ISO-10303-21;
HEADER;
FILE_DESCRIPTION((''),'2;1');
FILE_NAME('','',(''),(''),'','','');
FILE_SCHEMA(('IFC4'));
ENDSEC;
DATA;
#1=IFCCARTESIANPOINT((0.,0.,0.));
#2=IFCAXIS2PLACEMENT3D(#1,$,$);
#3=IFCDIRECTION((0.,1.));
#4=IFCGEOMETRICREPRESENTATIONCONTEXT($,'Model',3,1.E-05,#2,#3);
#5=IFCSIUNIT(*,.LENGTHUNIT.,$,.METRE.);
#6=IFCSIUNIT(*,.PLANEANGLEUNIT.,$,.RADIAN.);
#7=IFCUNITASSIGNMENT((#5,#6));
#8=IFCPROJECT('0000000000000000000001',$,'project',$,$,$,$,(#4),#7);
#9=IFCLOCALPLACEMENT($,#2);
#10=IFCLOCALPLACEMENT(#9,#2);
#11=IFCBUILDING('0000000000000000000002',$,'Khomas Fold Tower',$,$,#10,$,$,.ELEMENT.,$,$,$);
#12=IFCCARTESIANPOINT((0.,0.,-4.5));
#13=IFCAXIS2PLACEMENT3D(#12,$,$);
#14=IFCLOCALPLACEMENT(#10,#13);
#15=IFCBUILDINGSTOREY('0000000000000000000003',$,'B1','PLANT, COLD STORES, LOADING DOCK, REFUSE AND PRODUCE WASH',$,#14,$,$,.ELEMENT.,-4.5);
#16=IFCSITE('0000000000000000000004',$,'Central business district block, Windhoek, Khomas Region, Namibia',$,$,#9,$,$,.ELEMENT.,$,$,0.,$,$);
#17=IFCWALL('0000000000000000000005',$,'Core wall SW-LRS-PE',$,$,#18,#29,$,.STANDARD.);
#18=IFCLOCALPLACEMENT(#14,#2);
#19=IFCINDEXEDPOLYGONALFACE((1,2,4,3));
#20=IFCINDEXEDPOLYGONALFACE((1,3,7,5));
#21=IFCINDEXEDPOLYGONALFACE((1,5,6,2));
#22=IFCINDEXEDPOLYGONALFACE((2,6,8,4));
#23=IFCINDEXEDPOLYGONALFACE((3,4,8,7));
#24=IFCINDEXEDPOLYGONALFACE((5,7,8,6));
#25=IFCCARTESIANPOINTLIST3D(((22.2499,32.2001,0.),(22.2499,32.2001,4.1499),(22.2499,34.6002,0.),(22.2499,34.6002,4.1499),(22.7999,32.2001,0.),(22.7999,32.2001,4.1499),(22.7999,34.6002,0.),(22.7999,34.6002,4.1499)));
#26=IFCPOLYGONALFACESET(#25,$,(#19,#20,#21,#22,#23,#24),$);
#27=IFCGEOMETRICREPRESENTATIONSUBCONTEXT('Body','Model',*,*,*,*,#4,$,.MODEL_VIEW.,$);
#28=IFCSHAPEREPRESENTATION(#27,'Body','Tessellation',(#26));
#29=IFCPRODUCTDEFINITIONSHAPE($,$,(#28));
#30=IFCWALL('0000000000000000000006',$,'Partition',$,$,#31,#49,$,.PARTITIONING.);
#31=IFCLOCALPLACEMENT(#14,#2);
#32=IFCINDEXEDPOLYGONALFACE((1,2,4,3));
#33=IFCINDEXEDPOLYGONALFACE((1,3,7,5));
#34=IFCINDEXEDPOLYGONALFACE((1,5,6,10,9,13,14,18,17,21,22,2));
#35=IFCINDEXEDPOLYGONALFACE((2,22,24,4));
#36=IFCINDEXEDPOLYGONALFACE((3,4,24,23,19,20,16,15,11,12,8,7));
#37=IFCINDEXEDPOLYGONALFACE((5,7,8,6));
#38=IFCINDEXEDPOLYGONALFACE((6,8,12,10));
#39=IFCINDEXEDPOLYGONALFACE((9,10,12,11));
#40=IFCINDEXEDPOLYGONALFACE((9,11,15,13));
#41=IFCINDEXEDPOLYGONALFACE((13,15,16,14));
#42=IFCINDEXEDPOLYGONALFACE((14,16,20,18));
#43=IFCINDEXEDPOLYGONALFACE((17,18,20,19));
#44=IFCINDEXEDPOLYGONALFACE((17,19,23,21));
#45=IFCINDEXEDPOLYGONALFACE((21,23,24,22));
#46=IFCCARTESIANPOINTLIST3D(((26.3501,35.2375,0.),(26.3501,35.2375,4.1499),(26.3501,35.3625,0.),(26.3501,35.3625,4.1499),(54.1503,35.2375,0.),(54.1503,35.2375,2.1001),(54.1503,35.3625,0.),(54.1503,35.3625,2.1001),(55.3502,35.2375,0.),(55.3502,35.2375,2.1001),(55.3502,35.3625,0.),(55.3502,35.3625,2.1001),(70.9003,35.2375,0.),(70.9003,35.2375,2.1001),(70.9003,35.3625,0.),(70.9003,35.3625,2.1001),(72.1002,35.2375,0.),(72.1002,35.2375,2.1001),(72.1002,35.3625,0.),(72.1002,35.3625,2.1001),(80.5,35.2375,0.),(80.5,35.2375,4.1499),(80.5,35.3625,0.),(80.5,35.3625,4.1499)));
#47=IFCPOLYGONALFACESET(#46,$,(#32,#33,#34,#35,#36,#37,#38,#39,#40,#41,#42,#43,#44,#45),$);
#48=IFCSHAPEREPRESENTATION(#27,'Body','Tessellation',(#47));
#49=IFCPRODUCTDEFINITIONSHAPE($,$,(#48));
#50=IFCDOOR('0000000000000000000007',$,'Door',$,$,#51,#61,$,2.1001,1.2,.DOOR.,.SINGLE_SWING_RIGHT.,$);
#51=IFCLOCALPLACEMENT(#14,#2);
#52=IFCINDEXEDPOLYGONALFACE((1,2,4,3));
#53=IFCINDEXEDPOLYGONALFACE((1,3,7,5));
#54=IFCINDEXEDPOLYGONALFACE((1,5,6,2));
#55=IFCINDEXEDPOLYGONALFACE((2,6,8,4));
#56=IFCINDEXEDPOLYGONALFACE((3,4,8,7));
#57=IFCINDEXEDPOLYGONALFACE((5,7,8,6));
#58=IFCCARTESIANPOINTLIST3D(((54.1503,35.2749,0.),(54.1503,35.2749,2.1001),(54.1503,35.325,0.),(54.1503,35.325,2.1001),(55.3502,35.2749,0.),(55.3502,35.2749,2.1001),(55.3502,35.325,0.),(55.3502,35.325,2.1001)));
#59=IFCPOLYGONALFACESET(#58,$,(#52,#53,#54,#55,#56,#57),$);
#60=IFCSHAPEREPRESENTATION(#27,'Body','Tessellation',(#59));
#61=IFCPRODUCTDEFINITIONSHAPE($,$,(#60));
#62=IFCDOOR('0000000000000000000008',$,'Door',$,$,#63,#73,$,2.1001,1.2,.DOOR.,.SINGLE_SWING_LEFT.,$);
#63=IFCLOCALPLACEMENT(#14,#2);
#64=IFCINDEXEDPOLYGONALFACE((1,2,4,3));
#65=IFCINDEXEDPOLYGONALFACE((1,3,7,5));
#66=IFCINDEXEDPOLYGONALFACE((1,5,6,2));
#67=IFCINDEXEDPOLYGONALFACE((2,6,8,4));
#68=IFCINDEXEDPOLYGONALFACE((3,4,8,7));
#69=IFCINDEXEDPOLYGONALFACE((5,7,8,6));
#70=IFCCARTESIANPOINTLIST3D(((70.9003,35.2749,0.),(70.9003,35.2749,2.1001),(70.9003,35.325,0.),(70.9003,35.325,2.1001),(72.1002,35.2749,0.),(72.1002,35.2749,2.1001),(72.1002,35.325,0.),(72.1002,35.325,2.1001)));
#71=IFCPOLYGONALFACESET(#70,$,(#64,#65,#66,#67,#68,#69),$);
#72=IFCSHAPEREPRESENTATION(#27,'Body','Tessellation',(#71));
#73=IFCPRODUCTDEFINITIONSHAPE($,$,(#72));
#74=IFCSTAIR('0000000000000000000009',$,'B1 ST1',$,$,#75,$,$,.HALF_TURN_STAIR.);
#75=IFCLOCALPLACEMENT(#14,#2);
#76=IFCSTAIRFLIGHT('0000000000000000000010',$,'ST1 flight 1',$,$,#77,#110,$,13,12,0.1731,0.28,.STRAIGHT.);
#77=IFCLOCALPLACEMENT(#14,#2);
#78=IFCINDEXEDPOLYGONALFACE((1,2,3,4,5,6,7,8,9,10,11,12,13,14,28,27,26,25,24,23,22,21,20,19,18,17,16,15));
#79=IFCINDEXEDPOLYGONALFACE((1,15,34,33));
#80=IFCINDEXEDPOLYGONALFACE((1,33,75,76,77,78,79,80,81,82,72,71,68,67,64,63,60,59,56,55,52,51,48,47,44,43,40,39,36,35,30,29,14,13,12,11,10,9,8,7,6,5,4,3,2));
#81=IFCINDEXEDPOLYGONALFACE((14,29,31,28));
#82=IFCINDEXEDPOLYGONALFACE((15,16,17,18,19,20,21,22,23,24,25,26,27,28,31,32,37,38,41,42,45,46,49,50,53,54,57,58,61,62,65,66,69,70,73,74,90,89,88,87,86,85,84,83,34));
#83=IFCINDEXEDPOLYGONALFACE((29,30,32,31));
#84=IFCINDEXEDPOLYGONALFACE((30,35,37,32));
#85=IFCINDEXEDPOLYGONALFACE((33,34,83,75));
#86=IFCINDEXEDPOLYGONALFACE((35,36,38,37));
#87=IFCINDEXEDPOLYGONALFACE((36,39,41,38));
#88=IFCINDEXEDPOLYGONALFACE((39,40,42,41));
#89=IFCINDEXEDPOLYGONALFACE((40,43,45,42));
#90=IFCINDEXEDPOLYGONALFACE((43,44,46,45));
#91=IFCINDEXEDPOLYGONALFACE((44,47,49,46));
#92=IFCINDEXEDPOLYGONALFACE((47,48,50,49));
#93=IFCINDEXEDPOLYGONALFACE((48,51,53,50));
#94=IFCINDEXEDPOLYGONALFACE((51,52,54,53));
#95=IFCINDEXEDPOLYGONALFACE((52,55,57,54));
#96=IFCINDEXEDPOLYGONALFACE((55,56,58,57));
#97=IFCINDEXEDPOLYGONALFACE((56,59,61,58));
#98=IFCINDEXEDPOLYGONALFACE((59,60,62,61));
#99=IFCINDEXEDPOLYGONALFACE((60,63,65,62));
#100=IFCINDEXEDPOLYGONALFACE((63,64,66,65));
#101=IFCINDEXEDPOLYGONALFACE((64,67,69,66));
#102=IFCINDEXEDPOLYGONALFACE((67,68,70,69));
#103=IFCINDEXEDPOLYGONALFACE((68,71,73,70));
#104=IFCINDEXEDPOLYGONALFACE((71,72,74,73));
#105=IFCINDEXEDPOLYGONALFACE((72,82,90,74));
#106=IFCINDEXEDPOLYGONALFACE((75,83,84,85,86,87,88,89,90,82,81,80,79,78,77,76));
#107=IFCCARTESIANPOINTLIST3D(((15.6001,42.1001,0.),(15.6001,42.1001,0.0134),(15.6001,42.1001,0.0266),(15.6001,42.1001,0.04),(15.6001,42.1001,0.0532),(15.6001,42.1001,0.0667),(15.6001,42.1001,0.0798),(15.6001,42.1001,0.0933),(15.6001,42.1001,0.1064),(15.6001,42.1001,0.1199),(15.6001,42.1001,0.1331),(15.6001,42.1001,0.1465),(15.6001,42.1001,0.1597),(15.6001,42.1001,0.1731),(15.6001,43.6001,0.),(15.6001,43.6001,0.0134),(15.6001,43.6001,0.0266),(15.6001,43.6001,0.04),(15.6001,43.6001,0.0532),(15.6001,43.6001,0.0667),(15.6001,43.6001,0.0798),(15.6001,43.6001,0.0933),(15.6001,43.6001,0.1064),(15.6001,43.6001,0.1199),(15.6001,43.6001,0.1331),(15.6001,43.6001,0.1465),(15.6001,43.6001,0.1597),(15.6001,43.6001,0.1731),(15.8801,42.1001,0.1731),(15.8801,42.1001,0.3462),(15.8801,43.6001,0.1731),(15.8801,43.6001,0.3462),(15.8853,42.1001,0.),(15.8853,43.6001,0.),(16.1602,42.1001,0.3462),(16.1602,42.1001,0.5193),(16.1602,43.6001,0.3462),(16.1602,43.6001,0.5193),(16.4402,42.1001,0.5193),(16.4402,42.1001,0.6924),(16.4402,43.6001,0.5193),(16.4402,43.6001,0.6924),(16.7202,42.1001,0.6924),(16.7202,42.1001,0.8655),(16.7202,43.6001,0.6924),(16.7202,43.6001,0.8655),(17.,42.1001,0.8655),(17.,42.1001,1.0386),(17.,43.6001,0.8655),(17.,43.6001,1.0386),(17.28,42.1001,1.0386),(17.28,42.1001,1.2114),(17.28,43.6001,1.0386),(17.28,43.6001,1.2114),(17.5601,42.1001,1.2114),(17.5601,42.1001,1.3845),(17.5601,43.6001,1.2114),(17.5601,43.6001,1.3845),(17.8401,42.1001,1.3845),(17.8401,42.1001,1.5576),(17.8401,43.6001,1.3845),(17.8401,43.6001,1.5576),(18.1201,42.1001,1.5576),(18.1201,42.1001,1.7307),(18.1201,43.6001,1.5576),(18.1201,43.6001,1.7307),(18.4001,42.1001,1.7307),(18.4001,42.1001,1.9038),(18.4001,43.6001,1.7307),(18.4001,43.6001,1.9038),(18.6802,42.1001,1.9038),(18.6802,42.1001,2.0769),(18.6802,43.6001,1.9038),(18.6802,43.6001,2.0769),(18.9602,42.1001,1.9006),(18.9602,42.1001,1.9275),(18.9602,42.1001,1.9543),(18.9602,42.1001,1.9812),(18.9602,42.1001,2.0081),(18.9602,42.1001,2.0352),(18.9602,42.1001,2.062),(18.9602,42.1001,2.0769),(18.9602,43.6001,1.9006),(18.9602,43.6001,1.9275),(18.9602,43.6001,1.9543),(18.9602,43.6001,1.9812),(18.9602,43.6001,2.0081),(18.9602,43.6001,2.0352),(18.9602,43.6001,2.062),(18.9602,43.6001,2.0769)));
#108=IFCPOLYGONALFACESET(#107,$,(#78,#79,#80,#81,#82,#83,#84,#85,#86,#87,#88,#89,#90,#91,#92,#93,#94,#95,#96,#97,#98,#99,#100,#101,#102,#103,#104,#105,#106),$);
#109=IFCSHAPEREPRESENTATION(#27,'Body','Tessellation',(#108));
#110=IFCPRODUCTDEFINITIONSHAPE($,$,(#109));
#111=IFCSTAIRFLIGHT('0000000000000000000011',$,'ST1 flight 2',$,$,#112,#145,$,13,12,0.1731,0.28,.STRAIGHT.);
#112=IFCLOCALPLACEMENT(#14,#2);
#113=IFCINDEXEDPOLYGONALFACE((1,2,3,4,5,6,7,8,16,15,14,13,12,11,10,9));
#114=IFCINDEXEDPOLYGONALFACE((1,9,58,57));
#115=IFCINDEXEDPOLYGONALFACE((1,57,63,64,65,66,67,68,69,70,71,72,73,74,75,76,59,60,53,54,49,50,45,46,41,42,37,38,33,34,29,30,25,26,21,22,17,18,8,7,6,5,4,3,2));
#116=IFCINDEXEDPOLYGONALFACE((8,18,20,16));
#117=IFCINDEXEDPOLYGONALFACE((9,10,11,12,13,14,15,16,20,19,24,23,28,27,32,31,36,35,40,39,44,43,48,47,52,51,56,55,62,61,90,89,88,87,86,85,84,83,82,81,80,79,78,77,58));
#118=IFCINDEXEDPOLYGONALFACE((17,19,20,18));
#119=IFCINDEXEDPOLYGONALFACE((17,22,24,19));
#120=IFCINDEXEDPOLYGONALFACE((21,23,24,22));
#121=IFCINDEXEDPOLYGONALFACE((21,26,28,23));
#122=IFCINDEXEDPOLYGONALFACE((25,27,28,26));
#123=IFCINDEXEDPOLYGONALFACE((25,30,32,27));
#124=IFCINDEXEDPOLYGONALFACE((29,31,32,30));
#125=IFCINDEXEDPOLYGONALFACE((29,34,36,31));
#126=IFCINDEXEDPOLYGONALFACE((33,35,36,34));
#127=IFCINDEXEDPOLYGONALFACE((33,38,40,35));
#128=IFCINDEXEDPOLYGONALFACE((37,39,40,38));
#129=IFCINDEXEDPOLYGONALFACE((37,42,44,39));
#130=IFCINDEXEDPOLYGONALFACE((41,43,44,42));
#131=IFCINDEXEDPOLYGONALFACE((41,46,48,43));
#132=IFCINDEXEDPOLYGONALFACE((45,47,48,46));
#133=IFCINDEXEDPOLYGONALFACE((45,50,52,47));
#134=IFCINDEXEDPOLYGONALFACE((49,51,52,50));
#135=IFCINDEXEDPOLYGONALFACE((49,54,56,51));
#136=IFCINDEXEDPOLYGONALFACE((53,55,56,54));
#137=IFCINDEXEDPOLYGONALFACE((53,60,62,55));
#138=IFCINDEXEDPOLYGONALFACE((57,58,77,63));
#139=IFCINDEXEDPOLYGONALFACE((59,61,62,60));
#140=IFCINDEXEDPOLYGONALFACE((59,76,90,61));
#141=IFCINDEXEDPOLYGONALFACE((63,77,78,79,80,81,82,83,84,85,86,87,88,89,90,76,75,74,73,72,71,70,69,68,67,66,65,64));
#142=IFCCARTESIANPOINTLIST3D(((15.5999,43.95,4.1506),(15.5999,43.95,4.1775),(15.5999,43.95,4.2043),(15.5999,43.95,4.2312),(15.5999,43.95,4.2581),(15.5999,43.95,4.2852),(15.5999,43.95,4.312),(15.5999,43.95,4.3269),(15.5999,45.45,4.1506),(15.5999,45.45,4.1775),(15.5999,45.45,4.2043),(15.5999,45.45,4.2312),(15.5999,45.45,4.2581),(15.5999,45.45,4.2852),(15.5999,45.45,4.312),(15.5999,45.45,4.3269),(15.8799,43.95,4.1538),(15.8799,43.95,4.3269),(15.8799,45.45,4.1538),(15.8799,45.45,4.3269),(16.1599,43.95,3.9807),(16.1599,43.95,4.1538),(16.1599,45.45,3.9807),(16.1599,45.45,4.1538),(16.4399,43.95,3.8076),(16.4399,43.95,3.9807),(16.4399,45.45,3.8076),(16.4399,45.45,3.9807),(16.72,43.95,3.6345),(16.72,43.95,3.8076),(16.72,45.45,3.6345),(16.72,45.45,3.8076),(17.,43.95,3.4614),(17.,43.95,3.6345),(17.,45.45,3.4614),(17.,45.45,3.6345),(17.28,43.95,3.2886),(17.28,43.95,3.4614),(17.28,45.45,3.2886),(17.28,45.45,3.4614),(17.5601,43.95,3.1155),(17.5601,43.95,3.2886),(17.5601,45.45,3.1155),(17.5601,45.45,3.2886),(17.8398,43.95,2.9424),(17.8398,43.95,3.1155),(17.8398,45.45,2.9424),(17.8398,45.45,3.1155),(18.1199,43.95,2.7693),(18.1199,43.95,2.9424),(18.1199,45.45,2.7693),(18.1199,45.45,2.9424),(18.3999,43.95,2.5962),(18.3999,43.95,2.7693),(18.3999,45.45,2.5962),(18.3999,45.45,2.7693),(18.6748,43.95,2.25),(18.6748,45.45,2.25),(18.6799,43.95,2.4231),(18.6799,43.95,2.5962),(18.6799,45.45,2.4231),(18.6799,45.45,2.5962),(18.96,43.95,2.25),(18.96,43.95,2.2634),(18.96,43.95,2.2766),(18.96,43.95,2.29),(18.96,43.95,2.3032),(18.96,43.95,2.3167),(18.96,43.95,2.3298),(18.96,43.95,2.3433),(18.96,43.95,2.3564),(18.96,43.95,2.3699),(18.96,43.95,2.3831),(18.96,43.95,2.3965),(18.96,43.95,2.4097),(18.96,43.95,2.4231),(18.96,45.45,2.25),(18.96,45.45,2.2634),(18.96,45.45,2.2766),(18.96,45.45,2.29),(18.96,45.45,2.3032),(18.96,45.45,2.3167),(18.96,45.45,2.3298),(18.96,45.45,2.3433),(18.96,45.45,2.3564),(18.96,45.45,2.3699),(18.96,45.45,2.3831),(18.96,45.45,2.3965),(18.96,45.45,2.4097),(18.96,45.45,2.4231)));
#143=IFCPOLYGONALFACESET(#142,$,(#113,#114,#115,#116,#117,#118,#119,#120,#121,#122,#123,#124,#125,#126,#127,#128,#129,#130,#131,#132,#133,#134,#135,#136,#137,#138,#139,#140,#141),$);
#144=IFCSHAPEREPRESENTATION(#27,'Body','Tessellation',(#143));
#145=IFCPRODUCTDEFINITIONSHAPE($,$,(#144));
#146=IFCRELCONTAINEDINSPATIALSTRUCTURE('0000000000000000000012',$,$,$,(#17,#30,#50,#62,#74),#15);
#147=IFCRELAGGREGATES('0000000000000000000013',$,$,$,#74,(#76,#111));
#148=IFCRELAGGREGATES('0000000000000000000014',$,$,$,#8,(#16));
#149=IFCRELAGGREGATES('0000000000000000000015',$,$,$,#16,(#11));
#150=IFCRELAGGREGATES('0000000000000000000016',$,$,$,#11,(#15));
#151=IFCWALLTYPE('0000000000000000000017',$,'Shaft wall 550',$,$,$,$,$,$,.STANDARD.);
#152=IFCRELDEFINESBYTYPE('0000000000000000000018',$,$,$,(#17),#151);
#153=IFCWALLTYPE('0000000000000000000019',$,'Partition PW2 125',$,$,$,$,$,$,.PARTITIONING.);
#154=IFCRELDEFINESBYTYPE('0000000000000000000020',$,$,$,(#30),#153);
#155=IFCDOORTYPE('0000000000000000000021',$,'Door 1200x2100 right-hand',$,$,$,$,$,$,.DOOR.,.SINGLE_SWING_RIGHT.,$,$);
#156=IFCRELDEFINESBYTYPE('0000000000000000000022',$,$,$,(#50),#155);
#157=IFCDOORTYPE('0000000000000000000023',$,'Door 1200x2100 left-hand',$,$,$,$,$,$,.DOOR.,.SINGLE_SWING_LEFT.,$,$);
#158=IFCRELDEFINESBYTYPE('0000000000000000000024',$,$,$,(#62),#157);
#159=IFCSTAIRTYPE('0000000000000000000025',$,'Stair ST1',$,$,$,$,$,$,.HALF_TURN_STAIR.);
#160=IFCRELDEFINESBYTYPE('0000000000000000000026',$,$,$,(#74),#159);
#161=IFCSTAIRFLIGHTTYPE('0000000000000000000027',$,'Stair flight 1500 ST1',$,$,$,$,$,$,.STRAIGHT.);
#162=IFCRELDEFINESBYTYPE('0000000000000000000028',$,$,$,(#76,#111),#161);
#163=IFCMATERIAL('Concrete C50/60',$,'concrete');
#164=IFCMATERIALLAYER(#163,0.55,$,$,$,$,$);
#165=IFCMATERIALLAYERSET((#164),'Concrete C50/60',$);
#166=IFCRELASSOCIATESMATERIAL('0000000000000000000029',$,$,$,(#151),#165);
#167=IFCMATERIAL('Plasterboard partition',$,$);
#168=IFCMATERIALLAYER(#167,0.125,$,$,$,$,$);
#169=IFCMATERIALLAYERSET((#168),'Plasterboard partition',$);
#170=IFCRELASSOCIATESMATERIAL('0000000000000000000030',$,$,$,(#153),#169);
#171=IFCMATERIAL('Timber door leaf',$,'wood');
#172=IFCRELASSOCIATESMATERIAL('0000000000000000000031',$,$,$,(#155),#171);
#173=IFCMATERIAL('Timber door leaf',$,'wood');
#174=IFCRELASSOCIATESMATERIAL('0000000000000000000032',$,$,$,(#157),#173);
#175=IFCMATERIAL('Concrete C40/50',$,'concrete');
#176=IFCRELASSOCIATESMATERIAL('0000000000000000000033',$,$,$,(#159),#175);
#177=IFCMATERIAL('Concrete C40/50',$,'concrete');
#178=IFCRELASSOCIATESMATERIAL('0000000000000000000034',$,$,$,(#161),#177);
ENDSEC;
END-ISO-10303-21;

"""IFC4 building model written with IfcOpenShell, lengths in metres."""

from ifc_helpers import new_model, si_unit, direction, frame, frame_2d, origin, place, context, subcontext, project, spatial, polyline, rectangle, outline, extrude, source, transform, mapped, material, layer, layer_set, type_object, element, fill, aggregate, save


model = new_model("IFC4")

# Units and contexts
model_context = context("Model", 3, precision=1e-05, world=origin(), true_north=direction((0.0, 1.0)))
body_context = subcontext(model_context, "Body", "Model", "MODEL_VIEW")
ifc_project = project(units=[si_unit("LENGTHUNIT", "METRE"), si_unit("PLANEANGLEUNIT", "RADIAN")], contexts=[model_context])

# Site, building, storey
site_placement = place(None, origin())
site = spatial("IfcSite", under=ifc_project, at=site_placement, Name="Central business district block, Windhoek, Khomas Region, Namibia", CompositionType="ELEMENT", RefElevation=0.0)
building_placement = place(site_placement, origin())
building = spatial("IfcBuilding", under=site, at=building_placement, Name="Khomas Fold Tower", CompositionType="ELEMENT")
storey_placement = place(building_placement, frame((0.0, 0.0, -4.5)))
storey = spatial("IfcBuildingStorey", under=building, at=storey_placement, Name="B1", Description="PLANT, COLD STORES, LOADING DOCK, REFUSE AND PRODUCE WASH", CompositionType="ELEMENT", Elevation=-4.5)

# Shared definitions
shared_shape_1 = source(origin(), body_context, "Body", "SweptSolid", [
    extrude(rectangle(XDim=1.2, YDim=2.1001, at=frame_2d((0.6001, 1.05))), frame((0.0, 0.0249, 0.0), z_axis=(0.0, -1.0, 0.0), x_axis=(1.0, 0.0, 0.0)), (0.0, 0.0, 1.0), 0.05),
])

# Wall
ifc_material_1 = material(Name="Concrete C50/60", Category="concrete")
ifc_layer_1 = layer(ifc_material_1, 0.55)
ifc_layer_set_1 = layer_set([ifc_layer_1], Name="Concrete C50/60")
wall_type_1 = type_object("IfcWallType", Name="Shaft wall 550", PredefinedType="STANDARD", material=ifc_layer_set_1)
shared_shape_2 = source(origin(), body_context, "Body", "SweptSolid", [
    extrude(rectangle(XDim=2.4001, YDim=0.55, at=frame_2d((1.2002, 0.0))), origin(), (0.0, 0.0, 1.0), 4.1499),
])
for number, where, z_axis, x_axis, name in (
    (1, (22.5249, 32.2, 0.0), (0.0, 0.0, 1.0), (0.0, 1.0, 0.0), "Core wall SW-LRS-PE"),
):
    element("IfcWall", number, at=place(storey_placement, frame(where, z_axis=z_axis, x_axis=x_axis)), inside=storey, type_object=wall_type_1, Name=name, PredefinedType="STANDARD", context=body_context, shape_type="MappedRepresentation", body=[
        mapped(shared_shape_2, transform((0.0, 0.0, 0.0))),
    ])

# Wall, openings, doors
ifc_material_2 = material(Name="Plasterboard partition")
ifc_layer_2 = layer(ifc_material_2, 0.125)
ifc_layer_set_2 = layer_set([ifc_layer_2], Name="Plasterboard partition")
wall_type_2 = type_object("IfcWallType", Name="Partition PW2 125", PredefinedType="PARTITIONING", material=ifc_layer_set_2)
shared_shape_3 = source(origin(), body_context, "Body", "SweptSolid", [
    extrude(rectangle(XDim=54.1499, YDim=0.125, at=frame_2d((27.075, 0.0))), origin(), (0.0, 0.0, 1.0), 4.1499),
])
wall_1_placement = place(storey_placement, frame((26.3501, 35.3, 0.0), z_axis=(0.0, 0.0, 1.0), x_axis=(1.0, 0.0, 0.0)))
wall_1 = element("IfcWall", 2, at=wall_1_placement, inside=storey, type_object=wall_type_2, Name="Partition", PredefinedType="PARTITIONING", context=body_context, shape_type="MappedRepresentation", body=[
    mapped(shared_shape_3, transform((0.0, 0.0, 0.0))),
])
shared_shape_4 = source(origin(), body_context, "Body", "SweptSolid", [
    extrude(rectangle(XDim=1.2, YDim=2.1001, at=frame_2d((0.6001, 1.05))), frame((0.0, 0.0725, 0.0), z_axis=(0.0, -1.0, 0.0), x_axis=(1.0, 0.0, 0.0)), (0.0, 0.0, 1.0), 0.145),
])
opening_1_placement = place(wall_1_placement, frame((27.8, 0.0, 0.0)))
opening_1 = element("IfcOpeningElement", 3, at=opening_1_placement, cuts=wall_1, PredefinedType="OPENING", context=body_context, shape_type="MappedRepresentation", body=[
    mapped(shared_shape_4, transform((0.0, 0.0, 0.0))),
])
opening_2_placement = place(wall_1_placement, frame((44.55, 0.0, 0.0)))
opening_2 = element("IfcOpeningElement", 4, at=opening_2_placement, cuts=wall_1, PredefinedType="OPENING", context=body_context, shape_type="MappedRepresentation", body=[
    mapped(shared_shape_4, transform((0.0, 0.0, 0.0))),
])
ifc_material_3 = material(Name="Timber door leaf", Category="wood")
door_type_1 = type_object("IfcDoorType", Name="Door 1200x2100 right-hand", OperationType="SINGLE_SWING_RIGHT", PredefinedType="DOOR", material=ifc_material_3)
door_1_placement = place(opening_1_placement, origin())
door_1 = element("IfcDoor", 5, at=door_1_placement, inside=storey, type_object=door_type_1, Name="Door", OperationType="SINGLE_SWING_RIGHT", OverallHeight=2.1001, OverallWidth=1.2, PredefinedType="DOOR", context=body_context, shape_type="MappedRepresentation", body=[
    mapped(shared_shape_1, transform((0.0, 0.0, 0.0))),
])
fill(opening_1, door_1)
ifc_material_4 = material(Name="Timber door leaf", Category="wood")
door_type_2 = type_object("IfcDoorType", Name="Door 1200x2100 left-hand", OperationType="SINGLE_SWING_LEFT", PredefinedType="DOOR", material=ifc_material_4)
door_2_placement = place(opening_2_placement, origin())
door_2 = element("IfcDoor", 6, at=door_2_placement, inside=storey, type_object=door_type_2, Name="Door", OperationType="SINGLE_SWING_LEFT", OverallHeight=2.1001, OverallWidth=1.2, PredefinedType="DOOR", context=body_context, shape_type="MappedRepresentation", body=[
    mapped(shared_shape_1, transform((0.0, 0.0, 0.0))),
])
fill(opening_2, door_2)

# Stair, stair flights
ifc_material_5 = material(Name="Concrete C40/50", Category="concrete")
stair_type_1 = type_object("IfcStairType", Name="Stair ST1", PredefinedType="HALF_TURN_STAIR", material=ifc_material_5)
stair_1_placement = place(storey_placement, origin())
stair_1 = element("IfcStair", 7, at=stair_1_placement, inside=storey, type_object=stair_type_1, Name="B1 ST1", PredefinedType="HALF_TURN_STAIR")
ifc_material_6 = material(Name="Concrete C40/50", Category="concrete")
stair_flight_type_1 = type_object("IfcStairFlightType", Name="Stair flight 1500 ST1", PredefinedType="STRAIGHT", material=ifc_material_6)
shared_shape_5 = source(origin(), body_context, "Body", "SweptSolid", [
    extrude(outline(polyline([(0.0, 0.0), (0.0, 0.0134), (0.0, 0.0266), (0.0, 0.04), (0.0, 0.0532), (0.0, 0.0667), (0.0, 0.0798), (0.0, 0.0933), (0.0, 0.1064), (0.0, 0.1199), (0.0, 0.1331), (0.0, 0.1465), (0.0, 0.1597), (0.0, 0.1731), (0.28, 0.1731), (0.28, 0.3462), (0.5601, 0.3462), (0.5601, 0.5193), (0.8401, 0.5193), (0.8401, 0.6924), (1.1201, 0.6924), (1.1201, 0.8655), (1.3999, 0.8655), (1.3999, 1.0386), (1.6799, 1.0386), (1.6799, 1.2114), (1.96, 1.2114), (1.96, 1.3845), (2.24, 1.3845), (2.24, 1.5576), (2.52, 1.5576), (2.52, 1.7307), (2.8, 1.7307), (2.8, 1.9038), (3.0801, 1.9038), (3.0801, 2.0769), (3.3601, 2.0769), (3.3601, 2.25), (3.3601, 2.2231), (3.3601, 2.1963), (3.3601, 2.1694), (3.3601, 2.1426), (3.3601, 2.1157), (3.3601, 2.0889), (3.3601, 2.062), (3.3601, 2.0352), (3.3601, 2.0081), (3.3601, 1.9812), (3.3601, 1.9543), (3.3601, 1.9275), (3.3601, 1.9006), (0.2852, 0.0), (0.0, 0.0)])), frame((0.0, 0.75, 0.0), z_axis=(0.0, -1.0, 0.0), x_axis=(1.0, 0.0, 0.0)), (0.0, 0.0, 1.0), 1.5),
])
stair_flight_1_placement = place(storey_placement, frame((15.6001, 42.8501, 0.0), z_axis=(0.0, 0.0, 1.0), x_axis=(1.0, 0.0, 0.0)))
stair_flight_1 = element("IfcStairFlight", 8, at=stair_flight_1_placement, type_object=stair_flight_type_1, Name="ST1 flight 1", NumberOfRisers=13, NumberOfTreads=12, PredefinedType="STRAIGHT", RiserHeight=0.1731, TreadLength=0.28, context=body_context, shape_type="MappedRepresentation", body=[
    mapped(shared_shape_5, transform((0.0, 0.0, 0.0))),
])
stair_flight_2_placement = place(storey_placement, frame((18.96, 44.7, 2.25), z_axis=(0.0, 0.0, 1.0), x_axis=(-1.0, 0.0, 0.0)))
stair_flight_2 = element("IfcStairFlight", 9, at=stair_flight_2_placement, type_object=stair_flight_type_1, Name="ST1 flight 2", NumberOfRisers=13, NumberOfTreads=12, PredefinedType="STRAIGHT", RiserHeight=0.1731, TreadLength=0.28, context=body_context, shape_type="MappedRepresentation", body=[
    mapped(shared_shape_5, transform((0.0, 0.0, 0.0))),
])
aggregate(stair_1, [stair_flight_1, stair_flight_2])

save(model, "model.ifc")
